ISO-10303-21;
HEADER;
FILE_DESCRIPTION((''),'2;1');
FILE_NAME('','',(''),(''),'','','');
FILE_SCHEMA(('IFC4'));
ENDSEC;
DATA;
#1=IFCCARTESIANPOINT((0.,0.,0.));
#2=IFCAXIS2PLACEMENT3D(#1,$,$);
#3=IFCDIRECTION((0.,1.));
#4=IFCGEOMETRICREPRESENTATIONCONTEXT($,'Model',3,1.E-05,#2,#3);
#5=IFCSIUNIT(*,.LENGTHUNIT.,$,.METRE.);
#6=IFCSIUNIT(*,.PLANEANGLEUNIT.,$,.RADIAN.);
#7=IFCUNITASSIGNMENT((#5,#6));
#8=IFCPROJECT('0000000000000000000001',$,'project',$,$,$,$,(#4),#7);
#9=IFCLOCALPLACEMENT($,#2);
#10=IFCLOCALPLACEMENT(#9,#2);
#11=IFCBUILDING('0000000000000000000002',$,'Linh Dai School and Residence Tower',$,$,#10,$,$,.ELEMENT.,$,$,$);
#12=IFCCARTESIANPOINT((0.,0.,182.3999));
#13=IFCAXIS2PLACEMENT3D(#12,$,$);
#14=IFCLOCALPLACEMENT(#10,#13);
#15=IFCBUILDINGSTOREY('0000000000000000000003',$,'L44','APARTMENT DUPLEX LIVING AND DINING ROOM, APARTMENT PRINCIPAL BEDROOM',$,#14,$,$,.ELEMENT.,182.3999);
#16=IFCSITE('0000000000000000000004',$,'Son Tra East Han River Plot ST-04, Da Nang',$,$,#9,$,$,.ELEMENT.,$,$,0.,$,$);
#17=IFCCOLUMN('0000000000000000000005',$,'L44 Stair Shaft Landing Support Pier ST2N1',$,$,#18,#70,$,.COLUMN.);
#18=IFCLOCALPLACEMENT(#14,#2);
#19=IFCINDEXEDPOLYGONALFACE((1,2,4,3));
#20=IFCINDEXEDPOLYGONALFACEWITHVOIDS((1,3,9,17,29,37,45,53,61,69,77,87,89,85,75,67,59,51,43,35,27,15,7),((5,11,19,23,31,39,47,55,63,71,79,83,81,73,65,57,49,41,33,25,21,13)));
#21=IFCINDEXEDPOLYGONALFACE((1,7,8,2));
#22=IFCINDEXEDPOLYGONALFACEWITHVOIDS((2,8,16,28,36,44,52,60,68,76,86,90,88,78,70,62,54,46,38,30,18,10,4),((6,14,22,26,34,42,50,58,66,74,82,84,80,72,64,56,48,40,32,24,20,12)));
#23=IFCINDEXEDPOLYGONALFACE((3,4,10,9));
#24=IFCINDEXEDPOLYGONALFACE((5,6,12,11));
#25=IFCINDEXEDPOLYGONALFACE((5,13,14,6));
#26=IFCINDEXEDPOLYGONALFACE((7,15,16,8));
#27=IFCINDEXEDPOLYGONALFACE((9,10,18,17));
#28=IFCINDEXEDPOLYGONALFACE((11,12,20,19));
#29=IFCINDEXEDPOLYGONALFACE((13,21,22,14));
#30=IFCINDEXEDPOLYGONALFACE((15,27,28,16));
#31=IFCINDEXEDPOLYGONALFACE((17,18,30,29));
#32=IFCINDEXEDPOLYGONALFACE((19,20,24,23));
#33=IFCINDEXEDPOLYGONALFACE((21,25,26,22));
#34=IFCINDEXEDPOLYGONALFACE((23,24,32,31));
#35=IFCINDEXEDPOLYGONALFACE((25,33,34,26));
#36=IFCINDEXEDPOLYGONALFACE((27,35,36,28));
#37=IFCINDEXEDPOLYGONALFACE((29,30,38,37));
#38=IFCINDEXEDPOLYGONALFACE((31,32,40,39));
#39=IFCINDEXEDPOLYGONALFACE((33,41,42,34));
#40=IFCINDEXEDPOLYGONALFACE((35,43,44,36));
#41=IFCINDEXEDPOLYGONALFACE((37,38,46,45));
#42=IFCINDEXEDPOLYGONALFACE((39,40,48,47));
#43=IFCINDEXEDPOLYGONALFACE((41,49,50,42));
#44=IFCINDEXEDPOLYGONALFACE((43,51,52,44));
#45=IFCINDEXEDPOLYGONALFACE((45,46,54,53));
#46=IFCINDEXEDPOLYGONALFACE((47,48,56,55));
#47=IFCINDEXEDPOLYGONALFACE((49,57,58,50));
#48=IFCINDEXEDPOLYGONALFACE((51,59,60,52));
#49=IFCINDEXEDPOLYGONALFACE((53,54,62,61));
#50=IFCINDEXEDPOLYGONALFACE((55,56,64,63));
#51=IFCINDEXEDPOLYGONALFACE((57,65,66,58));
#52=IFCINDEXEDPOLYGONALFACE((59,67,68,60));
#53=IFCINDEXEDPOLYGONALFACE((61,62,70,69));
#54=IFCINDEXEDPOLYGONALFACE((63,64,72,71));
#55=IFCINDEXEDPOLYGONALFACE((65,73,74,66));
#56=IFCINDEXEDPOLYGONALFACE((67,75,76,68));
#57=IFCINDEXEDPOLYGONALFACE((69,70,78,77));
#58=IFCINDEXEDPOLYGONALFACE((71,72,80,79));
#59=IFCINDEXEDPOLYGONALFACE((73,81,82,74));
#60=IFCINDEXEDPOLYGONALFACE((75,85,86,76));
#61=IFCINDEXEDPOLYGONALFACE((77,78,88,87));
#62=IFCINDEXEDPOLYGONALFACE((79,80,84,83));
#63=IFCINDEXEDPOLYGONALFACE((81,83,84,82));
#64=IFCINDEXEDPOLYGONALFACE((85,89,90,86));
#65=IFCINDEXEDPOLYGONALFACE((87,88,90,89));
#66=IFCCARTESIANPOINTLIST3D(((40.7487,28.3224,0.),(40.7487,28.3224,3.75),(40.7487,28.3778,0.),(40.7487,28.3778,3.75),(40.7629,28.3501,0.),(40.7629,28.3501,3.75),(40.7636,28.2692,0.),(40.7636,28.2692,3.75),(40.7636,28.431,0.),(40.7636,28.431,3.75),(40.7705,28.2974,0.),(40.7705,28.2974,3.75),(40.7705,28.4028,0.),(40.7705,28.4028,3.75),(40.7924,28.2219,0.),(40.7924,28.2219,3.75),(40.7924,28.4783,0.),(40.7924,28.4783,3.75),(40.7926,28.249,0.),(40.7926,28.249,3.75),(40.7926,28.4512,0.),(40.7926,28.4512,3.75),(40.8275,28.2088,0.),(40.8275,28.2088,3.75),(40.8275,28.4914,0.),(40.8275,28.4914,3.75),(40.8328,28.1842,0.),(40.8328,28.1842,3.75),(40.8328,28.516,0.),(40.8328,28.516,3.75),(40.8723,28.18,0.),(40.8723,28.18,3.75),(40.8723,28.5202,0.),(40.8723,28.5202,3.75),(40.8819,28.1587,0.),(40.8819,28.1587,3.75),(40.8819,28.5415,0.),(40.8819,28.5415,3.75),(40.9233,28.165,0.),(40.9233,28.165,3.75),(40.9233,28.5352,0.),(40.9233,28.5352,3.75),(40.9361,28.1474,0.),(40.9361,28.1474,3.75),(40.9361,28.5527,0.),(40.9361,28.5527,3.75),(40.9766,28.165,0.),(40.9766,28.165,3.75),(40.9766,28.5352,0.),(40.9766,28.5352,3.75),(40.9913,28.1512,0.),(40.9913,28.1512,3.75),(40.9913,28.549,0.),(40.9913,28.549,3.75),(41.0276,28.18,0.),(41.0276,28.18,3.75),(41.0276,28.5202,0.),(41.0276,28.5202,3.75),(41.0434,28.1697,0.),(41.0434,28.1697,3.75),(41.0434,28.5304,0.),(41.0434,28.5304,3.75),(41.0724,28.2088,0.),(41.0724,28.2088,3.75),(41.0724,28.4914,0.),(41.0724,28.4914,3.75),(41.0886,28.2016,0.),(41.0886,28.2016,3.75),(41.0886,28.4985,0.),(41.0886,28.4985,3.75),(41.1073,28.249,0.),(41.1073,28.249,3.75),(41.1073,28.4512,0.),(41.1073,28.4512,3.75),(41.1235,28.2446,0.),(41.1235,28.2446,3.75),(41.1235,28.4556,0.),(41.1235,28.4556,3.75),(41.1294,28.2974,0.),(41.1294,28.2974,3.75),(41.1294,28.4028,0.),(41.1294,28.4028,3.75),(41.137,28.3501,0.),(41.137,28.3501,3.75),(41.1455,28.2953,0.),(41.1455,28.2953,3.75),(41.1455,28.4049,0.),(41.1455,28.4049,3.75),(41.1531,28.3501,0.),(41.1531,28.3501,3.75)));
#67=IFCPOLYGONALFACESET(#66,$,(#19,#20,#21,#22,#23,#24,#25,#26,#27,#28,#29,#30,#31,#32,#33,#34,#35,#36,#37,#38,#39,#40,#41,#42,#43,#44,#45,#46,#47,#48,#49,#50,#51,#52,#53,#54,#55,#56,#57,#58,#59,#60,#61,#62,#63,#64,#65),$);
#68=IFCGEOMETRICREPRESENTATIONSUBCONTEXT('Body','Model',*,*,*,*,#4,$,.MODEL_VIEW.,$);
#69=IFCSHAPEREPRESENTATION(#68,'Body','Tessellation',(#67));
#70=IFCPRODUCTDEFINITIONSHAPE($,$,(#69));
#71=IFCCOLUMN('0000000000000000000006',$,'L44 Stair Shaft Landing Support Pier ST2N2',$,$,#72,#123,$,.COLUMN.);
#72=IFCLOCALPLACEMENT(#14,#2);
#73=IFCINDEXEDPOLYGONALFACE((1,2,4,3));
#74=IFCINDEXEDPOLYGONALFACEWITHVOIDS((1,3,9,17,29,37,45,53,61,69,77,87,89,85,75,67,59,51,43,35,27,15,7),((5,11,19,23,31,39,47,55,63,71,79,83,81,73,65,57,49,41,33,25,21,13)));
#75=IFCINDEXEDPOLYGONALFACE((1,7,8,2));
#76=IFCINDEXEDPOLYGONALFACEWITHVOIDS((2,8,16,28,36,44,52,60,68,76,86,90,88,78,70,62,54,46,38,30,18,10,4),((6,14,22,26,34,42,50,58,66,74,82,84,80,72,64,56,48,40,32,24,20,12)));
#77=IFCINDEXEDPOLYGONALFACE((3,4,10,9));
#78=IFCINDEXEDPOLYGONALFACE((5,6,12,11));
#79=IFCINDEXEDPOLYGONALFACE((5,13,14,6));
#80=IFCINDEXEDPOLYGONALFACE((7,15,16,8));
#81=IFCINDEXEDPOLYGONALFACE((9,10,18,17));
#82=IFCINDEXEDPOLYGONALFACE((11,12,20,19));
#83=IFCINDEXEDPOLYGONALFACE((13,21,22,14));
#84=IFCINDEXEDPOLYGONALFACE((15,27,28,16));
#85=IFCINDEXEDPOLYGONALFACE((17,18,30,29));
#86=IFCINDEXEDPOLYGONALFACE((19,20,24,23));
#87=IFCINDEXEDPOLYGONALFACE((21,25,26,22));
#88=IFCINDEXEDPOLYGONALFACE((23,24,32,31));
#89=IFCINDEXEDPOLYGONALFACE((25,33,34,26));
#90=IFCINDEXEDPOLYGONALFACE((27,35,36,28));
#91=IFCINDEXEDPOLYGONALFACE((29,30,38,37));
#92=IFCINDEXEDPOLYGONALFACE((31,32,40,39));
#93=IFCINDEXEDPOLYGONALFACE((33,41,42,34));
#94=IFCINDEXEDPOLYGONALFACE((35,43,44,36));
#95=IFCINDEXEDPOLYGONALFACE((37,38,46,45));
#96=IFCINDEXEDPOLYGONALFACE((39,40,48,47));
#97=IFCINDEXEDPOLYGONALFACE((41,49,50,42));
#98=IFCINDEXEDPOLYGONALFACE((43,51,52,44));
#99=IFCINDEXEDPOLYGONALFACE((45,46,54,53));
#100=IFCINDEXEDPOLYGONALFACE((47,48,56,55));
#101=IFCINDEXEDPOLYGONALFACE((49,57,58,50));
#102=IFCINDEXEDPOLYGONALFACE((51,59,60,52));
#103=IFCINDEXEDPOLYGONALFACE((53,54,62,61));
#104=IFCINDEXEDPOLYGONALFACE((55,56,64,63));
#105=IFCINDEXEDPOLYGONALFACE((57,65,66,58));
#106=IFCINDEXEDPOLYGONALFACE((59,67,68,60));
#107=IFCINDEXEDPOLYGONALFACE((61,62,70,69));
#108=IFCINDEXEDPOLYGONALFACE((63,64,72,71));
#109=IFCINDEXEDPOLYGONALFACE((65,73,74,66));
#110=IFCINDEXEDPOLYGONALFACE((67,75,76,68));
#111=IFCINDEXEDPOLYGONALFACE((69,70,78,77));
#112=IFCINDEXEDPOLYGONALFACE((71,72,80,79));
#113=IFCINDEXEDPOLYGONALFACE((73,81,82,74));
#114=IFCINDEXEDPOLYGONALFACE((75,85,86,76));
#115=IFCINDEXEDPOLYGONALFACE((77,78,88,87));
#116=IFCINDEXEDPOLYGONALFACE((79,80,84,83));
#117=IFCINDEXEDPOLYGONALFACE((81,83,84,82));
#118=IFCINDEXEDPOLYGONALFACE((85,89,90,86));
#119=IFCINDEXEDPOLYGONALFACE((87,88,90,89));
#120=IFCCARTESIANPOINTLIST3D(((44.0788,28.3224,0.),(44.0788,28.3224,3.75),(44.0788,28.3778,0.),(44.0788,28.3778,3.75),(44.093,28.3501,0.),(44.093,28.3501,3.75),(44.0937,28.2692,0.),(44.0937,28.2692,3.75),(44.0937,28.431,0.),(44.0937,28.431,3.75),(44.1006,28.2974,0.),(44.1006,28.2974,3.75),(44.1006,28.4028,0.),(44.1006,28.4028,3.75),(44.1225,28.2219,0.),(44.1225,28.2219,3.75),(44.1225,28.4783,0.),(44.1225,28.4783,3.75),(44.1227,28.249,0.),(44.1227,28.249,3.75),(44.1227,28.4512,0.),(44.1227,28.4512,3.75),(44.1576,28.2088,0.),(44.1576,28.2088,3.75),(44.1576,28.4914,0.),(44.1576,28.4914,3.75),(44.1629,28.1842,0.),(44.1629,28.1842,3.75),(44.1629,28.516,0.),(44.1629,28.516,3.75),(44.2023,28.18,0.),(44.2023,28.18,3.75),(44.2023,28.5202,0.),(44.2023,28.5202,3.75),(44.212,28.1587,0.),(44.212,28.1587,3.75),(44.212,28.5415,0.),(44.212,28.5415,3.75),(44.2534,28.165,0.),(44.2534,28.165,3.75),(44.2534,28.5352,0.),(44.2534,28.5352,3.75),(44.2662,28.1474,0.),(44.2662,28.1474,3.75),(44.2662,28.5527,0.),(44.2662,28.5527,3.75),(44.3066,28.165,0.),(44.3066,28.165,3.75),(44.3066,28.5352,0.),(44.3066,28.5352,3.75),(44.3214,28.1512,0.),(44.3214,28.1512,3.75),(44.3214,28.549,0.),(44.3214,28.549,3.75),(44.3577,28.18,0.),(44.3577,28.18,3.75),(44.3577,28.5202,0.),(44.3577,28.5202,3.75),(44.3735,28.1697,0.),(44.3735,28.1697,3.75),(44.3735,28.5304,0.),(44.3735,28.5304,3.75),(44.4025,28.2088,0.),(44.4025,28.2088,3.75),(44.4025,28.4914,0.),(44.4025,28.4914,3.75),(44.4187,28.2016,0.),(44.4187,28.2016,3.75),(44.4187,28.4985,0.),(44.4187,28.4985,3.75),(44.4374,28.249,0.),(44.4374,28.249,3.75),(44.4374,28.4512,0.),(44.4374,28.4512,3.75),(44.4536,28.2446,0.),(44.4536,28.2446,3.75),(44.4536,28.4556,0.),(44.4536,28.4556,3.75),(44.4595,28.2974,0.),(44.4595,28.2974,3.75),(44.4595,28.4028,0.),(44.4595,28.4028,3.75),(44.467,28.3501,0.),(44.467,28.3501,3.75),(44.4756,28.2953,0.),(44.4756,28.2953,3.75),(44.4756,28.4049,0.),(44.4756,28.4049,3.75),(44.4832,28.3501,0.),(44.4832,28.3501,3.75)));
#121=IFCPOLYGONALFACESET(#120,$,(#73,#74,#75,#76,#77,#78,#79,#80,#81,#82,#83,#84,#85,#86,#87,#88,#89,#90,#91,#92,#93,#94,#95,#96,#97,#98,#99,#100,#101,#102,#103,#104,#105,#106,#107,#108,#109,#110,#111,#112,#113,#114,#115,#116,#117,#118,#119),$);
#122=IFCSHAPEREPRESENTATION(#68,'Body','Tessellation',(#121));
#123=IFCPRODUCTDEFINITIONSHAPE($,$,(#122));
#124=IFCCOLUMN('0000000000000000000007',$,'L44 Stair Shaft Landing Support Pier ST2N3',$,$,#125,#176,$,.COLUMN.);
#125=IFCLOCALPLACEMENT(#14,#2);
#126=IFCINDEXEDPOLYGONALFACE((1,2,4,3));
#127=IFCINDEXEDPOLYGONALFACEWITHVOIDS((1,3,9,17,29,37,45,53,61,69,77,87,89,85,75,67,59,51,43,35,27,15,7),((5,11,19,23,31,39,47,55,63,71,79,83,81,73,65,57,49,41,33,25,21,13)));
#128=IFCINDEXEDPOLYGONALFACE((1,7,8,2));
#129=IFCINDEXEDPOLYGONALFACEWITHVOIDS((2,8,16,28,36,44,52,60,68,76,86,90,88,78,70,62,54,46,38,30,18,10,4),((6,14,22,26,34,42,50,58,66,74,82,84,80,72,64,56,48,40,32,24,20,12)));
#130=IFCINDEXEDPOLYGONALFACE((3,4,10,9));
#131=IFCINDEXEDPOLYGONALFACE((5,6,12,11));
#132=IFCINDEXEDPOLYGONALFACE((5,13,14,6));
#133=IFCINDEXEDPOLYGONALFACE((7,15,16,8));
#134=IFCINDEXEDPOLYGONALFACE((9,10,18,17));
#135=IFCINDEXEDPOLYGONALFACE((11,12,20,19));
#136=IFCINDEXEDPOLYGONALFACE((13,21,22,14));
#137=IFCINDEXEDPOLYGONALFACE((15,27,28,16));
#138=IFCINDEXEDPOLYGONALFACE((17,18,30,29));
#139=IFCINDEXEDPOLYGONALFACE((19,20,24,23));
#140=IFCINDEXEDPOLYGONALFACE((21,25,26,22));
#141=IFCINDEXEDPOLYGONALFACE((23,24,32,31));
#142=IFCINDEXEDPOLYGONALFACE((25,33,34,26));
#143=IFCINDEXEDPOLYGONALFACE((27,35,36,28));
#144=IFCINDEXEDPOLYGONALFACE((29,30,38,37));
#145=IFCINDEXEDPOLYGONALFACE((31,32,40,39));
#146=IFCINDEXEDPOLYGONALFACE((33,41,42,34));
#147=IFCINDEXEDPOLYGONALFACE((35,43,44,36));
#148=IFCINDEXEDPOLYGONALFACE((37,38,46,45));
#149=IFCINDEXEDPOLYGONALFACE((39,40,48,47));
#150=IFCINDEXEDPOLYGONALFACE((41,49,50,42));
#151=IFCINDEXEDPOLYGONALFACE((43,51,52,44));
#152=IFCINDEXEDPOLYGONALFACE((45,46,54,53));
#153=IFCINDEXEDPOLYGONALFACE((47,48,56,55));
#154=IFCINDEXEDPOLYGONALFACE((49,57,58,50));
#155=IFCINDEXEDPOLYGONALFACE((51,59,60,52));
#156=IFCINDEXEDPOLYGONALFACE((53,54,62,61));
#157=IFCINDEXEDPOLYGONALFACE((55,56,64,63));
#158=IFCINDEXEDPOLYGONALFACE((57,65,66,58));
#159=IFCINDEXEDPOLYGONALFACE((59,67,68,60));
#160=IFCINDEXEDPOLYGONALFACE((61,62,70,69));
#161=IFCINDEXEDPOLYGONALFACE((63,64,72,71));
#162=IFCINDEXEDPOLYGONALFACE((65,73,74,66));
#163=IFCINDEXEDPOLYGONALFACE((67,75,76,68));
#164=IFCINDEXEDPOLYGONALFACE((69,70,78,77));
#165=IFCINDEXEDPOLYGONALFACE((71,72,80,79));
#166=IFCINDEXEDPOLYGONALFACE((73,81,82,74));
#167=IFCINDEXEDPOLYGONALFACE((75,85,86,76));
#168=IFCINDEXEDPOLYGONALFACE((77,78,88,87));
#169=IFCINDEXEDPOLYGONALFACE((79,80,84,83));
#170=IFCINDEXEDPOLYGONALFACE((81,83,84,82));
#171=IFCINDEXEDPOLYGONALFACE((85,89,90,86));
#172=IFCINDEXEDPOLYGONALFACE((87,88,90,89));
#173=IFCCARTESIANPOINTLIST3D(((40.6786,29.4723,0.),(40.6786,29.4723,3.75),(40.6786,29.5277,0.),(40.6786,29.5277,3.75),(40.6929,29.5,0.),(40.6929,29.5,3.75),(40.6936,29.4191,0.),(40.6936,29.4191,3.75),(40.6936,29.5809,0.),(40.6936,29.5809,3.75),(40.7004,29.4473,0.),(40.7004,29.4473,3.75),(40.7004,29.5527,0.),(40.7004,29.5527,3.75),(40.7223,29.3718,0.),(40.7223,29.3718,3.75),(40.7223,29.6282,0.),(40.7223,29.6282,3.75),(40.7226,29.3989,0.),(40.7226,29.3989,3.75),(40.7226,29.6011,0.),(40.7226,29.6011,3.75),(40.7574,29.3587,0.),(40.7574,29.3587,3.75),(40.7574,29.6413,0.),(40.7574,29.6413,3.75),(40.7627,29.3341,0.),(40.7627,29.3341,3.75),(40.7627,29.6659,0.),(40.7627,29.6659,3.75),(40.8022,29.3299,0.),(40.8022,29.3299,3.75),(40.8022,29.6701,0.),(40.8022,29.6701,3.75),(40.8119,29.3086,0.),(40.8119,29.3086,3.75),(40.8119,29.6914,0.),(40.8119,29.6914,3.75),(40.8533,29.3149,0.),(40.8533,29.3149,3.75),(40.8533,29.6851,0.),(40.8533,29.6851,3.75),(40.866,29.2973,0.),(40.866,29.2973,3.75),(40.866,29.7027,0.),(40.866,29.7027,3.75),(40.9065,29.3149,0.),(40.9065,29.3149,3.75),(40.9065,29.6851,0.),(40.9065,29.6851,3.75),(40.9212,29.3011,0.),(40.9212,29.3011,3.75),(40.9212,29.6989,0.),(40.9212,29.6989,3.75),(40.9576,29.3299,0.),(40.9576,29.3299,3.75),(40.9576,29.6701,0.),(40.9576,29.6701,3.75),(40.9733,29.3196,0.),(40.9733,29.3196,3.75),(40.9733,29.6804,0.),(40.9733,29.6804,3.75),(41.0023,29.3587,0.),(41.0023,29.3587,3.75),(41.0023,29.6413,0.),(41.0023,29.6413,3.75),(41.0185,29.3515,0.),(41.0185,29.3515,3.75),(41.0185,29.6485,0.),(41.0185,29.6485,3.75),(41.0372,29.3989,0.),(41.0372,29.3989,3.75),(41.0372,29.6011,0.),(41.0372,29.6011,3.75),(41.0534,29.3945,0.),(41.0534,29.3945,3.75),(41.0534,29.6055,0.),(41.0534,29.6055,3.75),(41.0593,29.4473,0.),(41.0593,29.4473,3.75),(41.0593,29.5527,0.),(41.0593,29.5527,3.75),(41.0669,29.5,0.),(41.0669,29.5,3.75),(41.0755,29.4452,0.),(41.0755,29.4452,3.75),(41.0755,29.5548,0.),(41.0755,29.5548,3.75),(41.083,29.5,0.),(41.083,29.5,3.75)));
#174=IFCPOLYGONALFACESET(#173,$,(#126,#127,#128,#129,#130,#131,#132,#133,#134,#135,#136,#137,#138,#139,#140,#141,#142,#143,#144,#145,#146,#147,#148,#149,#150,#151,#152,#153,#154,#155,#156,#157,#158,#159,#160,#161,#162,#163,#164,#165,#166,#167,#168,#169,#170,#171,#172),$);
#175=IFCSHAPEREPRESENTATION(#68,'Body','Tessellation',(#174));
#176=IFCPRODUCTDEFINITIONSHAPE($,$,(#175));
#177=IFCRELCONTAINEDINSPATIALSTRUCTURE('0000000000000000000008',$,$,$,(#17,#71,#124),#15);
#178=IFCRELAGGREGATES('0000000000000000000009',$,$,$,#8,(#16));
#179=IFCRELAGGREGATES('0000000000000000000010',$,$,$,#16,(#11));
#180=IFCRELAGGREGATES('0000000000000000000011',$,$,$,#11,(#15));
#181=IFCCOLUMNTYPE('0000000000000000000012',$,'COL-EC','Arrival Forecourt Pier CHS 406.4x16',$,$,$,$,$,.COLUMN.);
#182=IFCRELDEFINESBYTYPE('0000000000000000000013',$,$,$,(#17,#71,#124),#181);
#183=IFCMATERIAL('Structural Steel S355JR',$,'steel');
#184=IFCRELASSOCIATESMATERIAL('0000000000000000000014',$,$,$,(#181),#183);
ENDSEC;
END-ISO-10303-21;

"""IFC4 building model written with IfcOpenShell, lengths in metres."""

from ifc_helpers import new_model, si_unit, direction, frame, origin, origin_2d, place, context, subcontext, project, spatial, hollow_circle, extrude, material, material_profile, profile_set, type_object, element, save


model = new_model("IFC4")

# Units and contexts
model_context = context("Model", 3, precision=1e-05, world=origin(), true_north=direction((0.0, 1.0)))
body_context = subcontext(model_context, "Body", "Model", "MODEL_VIEW")
ifc_project = project(units=[si_unit("LENGTHUNIT", "METRE"), si_unit("PLANEANGLEUNIT", "RADIAN")], contexts=[model_context])

# Site, building, storey
site_placement = place(None, origin())
site = spatial("IfcSite", under=ifc_project, at=site_placement, Name="Son Tra East Han River Plot ST-04, Da Nang", CompositionType="ELEMENT", RefElevation=0.0)
building_placement = place(site_placement, origin())
building = spatial("IfcBuilding", under=site, at=building_placement, Name="Linh Dai School and Residence Tower", CompositionType="ELEMENT")
storey_placement = place(building_placement, frame((0.0, 0.0, 182.3999)))
storey = spatial("IfcBuildingStorey", under=building, at=storey_placement, Name="L44", Description="APARTMENT DUPLEX LIVING AND DINING ROOM, APARTMENT PRINCIPAL BEDROOM", CompositionType="ELEMENT", Elevation=182.3999)

# Columns
ifc_material_1 = material(Name="Structural Steel S355JR", Category="steel")
ifc_material_profile_1 = material_profile(ifc_material_1, hollow_circle(Radius=0.2031, WallThickness=0.0161, at=origin_2d()), Name="CHS 406.4x16")
ifc_profile_set_1 = profile_set([ifc_material_profile_1], Name="Structural Steel S355JR")
column_type_1 = type_object("IfcColumnType", Name="COL-EC", Description="Arrival Forecourt Pier CHS 406.4x16", PredefinedType="COLUMN", material=ifc_profile_set_1)
for number, where, z_axis, x_axis, name in (
    (1, (40.95, 28.3501, 0.0), (0.0, 0.0, 1.0), (1.0, 0.0, 0.0), "L44 Stair Shaft Landing Support Pier ST2N1"),
    (2, (44.28, 28.3501, 0.0), (0.0, 0.0, 1.0), (1.0, 0.0, 0.0), "L44 Stair Shaft Landing Support Pier ST2N2"),
    (3, (40.8799, 29.5, 0.0), (0.0, 0.0, 1.0), (1.0, 0.0, 0.0), "L44 Stair Shaft Landing Support Pier ST2N3"),
):
    element("IfcColumn", number, at=place(storey_placement, frame(where, z_axis=z_axis, x_axis=x_axis)), inside=storey, type_object=column_type_1, Name=name, PredefinedType="COLUMN", context=body_context, shape_type="SweptSolid", body=[
        extrude(hollow_circle(Radius=0.2031, WallThickness=0.0161, at=origin_2d()), origin(), (0.0, 0.0, 1.0), 3.75),
    ])

save(model, "model.ifc")
